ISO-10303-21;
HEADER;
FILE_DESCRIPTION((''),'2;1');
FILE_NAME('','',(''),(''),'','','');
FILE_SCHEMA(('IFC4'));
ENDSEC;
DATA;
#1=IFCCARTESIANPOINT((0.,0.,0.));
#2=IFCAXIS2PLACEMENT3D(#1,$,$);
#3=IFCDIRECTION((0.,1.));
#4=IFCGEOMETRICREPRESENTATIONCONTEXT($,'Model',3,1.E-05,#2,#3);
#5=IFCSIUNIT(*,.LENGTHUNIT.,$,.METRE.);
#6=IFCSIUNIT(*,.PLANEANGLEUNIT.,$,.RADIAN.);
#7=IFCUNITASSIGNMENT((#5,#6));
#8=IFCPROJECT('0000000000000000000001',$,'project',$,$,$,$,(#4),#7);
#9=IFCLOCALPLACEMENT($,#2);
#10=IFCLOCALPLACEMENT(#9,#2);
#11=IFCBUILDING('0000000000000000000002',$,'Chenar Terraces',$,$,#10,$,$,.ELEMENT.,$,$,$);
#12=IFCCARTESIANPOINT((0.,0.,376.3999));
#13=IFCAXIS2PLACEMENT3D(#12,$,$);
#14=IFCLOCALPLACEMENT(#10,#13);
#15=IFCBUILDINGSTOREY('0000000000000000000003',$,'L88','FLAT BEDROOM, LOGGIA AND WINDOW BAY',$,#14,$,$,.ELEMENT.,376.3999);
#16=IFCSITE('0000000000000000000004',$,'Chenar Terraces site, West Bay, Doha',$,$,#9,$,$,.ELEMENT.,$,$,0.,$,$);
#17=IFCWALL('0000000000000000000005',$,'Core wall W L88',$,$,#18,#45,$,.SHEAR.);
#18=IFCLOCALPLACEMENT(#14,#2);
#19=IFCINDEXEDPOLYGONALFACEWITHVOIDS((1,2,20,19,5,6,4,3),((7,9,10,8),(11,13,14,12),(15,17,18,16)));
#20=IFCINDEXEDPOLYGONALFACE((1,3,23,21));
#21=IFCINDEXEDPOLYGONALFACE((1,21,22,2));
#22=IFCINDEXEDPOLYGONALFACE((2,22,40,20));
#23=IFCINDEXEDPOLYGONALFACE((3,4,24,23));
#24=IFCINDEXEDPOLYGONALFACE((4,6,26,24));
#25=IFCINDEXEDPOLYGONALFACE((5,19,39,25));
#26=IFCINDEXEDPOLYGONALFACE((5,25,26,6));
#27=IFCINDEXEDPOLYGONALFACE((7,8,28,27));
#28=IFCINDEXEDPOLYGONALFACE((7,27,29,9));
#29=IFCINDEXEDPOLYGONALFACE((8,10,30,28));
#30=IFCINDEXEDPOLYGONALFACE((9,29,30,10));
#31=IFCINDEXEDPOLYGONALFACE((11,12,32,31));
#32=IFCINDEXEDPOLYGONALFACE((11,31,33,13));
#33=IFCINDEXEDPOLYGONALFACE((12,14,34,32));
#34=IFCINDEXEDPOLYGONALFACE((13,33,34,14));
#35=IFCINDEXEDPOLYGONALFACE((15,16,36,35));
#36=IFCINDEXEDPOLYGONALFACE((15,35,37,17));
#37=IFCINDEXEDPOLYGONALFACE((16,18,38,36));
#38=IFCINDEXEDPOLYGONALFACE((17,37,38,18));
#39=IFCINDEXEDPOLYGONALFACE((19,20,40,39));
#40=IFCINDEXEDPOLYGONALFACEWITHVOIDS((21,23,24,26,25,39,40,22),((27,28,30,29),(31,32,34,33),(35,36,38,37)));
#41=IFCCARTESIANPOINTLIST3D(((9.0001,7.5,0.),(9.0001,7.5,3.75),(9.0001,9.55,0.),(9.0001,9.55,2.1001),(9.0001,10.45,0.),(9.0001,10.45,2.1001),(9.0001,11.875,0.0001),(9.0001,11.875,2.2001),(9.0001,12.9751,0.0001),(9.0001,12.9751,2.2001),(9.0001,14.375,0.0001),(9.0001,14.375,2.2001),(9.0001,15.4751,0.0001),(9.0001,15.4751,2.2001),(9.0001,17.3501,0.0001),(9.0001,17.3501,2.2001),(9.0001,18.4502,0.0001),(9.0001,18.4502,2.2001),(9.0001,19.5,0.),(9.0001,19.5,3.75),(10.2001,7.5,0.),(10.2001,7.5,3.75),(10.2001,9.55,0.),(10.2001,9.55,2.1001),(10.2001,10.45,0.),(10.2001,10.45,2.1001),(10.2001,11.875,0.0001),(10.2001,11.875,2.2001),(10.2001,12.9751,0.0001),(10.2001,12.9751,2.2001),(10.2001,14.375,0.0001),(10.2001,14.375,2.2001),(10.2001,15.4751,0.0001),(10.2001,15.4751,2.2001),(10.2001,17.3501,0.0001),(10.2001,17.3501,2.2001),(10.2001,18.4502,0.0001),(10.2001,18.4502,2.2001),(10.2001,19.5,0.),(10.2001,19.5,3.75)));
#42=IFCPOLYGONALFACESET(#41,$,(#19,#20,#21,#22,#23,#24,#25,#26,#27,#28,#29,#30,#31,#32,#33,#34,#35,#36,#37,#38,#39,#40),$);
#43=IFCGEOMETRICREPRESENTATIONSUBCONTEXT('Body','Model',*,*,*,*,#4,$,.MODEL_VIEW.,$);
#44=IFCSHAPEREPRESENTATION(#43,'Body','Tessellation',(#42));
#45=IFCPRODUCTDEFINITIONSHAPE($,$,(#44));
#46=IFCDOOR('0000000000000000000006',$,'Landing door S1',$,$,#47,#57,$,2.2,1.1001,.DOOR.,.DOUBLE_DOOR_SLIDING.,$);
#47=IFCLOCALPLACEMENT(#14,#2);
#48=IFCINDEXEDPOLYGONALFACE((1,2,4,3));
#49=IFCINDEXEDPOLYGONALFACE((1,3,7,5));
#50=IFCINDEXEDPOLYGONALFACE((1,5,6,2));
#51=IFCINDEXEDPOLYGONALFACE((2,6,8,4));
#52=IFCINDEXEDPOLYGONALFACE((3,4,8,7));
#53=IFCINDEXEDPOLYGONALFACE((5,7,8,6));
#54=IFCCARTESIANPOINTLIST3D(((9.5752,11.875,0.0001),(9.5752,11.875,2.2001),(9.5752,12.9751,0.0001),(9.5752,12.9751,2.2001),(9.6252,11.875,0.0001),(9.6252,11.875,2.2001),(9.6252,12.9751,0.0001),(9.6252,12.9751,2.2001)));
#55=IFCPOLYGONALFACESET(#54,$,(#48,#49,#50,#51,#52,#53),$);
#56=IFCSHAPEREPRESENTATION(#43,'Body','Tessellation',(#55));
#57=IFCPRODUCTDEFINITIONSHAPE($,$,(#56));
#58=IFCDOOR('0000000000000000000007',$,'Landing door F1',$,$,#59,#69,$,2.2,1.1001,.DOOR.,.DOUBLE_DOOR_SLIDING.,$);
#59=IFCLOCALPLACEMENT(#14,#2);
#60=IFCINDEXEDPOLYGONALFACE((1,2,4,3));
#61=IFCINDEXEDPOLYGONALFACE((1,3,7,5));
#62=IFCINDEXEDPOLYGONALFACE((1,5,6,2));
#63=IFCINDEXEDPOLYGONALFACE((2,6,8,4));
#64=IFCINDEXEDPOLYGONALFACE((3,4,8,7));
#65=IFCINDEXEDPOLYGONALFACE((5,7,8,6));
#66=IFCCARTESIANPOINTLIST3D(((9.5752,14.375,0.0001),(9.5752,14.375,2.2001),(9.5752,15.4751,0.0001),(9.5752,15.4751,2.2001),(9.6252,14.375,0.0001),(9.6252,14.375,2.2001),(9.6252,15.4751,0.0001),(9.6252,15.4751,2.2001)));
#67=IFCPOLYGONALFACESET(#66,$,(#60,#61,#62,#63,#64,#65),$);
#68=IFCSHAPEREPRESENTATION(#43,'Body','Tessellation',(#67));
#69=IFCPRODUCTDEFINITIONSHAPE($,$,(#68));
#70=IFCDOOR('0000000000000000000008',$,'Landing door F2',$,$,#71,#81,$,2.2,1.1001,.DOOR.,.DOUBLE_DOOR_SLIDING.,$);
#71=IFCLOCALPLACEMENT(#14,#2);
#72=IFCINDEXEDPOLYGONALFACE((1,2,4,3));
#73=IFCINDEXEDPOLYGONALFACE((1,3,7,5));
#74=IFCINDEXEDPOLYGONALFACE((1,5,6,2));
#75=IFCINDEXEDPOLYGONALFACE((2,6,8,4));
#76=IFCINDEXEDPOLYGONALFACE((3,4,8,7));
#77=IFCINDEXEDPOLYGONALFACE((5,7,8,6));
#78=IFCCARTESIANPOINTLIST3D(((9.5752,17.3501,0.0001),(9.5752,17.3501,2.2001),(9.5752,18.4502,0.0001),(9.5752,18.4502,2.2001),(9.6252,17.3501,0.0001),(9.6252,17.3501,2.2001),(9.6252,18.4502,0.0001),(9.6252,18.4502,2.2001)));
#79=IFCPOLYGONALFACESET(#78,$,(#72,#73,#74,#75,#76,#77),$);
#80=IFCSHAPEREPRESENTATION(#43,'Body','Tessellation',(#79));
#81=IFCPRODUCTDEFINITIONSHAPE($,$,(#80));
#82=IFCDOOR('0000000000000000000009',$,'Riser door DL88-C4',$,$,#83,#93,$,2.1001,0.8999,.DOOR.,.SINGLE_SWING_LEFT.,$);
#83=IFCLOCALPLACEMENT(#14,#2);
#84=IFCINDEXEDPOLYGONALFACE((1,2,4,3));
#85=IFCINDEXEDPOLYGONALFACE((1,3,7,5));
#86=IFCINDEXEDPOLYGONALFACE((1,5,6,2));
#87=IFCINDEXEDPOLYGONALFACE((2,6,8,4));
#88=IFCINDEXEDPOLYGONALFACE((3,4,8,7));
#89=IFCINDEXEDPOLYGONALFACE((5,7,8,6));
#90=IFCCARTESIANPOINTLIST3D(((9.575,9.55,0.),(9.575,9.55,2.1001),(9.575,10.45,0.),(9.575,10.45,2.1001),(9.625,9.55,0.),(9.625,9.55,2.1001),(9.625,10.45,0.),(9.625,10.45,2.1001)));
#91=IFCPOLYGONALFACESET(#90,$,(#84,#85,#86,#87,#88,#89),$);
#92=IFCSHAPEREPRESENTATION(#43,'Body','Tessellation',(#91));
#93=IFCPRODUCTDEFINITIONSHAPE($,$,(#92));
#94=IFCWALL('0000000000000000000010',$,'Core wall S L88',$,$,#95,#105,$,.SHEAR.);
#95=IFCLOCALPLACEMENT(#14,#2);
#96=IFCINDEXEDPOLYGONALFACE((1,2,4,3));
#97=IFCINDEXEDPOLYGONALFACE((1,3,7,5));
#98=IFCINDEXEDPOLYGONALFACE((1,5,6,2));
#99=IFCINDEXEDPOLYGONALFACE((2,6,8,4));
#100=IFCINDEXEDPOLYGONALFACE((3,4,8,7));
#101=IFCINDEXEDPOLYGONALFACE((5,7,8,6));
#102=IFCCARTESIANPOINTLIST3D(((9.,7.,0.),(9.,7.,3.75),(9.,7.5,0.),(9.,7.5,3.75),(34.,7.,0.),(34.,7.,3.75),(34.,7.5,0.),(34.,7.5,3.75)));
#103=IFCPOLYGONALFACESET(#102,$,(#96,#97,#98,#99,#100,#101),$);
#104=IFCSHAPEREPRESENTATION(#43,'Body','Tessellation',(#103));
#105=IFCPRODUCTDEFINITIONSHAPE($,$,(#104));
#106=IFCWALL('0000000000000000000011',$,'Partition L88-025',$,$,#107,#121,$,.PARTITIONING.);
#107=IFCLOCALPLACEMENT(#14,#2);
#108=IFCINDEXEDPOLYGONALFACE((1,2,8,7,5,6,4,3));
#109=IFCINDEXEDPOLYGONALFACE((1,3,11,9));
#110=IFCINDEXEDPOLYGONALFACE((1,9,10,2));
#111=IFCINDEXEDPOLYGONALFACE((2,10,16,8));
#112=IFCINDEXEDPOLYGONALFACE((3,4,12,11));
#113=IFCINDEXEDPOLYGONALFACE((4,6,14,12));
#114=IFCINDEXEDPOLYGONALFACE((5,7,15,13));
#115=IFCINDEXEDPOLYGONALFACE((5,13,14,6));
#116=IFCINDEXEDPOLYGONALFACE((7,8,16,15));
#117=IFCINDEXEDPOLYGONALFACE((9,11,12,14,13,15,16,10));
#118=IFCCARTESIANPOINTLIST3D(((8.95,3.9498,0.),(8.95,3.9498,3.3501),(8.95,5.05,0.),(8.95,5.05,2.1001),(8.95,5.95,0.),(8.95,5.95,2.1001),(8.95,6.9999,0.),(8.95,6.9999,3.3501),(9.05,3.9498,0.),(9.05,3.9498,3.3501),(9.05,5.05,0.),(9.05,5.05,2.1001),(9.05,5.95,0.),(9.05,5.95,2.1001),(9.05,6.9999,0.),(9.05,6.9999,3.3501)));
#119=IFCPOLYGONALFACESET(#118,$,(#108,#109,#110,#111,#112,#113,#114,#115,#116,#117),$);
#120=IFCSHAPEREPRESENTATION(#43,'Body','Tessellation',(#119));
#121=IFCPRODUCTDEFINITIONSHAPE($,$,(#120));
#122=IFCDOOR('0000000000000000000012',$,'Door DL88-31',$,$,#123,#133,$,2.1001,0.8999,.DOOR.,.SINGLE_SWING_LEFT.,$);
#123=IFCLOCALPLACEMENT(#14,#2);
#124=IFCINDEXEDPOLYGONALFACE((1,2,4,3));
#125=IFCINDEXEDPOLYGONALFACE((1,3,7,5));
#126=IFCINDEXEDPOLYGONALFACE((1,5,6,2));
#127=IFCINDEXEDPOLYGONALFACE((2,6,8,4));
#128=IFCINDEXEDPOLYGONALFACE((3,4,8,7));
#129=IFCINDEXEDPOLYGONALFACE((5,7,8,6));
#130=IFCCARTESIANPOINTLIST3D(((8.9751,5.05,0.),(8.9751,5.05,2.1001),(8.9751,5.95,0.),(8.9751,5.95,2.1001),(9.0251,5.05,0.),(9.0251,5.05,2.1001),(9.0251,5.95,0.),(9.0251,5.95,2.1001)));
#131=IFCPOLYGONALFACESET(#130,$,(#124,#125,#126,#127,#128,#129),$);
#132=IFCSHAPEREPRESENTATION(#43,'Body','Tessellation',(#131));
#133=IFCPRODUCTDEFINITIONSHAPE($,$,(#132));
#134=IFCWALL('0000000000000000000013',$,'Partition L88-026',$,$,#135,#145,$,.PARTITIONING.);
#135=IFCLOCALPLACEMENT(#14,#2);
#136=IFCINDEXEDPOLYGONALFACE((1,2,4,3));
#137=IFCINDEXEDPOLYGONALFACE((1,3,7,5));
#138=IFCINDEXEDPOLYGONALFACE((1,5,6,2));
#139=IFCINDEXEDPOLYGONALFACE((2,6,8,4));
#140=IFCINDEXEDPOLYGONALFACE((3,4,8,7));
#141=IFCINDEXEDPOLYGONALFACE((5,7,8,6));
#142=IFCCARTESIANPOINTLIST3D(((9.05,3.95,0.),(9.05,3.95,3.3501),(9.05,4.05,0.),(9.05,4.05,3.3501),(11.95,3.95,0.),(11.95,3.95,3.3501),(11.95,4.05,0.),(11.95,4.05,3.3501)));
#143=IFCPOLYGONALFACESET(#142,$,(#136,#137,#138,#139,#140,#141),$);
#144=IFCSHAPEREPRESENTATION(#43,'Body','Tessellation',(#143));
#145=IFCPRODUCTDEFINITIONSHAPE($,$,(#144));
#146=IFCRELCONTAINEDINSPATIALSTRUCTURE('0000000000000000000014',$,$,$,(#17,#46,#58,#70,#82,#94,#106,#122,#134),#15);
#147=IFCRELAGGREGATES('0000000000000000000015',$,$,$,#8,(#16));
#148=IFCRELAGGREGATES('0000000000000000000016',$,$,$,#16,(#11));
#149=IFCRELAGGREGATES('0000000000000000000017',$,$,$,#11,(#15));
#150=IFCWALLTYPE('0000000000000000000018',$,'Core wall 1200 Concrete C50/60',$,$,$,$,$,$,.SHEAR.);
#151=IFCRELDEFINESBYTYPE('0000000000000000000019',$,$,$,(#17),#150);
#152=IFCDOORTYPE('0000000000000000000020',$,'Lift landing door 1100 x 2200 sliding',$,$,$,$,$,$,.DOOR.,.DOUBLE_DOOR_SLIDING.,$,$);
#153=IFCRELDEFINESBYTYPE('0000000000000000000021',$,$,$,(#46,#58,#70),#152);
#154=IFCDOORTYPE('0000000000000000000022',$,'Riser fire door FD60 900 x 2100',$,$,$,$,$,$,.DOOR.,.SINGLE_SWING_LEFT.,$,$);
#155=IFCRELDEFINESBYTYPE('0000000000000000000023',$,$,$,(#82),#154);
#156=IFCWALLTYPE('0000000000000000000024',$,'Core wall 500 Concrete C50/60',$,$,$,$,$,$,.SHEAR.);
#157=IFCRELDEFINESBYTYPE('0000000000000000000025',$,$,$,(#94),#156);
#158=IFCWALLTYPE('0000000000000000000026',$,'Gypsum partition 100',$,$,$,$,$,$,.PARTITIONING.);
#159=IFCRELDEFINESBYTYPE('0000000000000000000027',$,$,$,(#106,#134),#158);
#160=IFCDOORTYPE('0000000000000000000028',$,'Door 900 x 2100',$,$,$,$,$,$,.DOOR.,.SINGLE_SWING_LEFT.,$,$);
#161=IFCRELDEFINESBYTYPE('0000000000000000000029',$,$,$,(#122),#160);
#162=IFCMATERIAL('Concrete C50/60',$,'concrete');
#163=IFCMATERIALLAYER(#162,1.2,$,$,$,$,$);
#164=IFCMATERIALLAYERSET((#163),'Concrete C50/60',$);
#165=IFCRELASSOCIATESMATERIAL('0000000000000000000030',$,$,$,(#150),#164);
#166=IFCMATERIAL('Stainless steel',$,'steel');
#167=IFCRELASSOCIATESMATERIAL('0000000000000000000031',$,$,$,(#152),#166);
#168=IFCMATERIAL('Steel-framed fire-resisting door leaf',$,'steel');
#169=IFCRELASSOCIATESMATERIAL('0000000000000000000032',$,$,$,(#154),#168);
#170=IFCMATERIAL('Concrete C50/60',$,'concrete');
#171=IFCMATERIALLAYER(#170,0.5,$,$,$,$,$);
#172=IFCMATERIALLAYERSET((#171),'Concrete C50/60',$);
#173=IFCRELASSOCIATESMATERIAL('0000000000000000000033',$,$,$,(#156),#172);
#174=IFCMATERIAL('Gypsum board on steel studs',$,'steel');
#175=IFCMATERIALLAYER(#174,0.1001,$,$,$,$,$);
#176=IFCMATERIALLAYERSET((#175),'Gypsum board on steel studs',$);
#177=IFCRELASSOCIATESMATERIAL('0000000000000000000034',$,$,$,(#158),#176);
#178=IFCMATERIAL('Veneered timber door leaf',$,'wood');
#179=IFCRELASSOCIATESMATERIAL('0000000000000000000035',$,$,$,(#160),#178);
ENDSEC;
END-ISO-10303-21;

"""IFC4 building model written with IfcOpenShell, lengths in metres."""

from ifc_helpers import new_model, si_unit, direction, frame, frame_2d, origin, place, context, subcontext, project, spatial, rectangle, extrude, material, layer, layer_set, type_object, element, fill, save


model = new_model("IFC4")

# Units and contexts
model_context = context("Model", 3, precision=1e-05, world=origin(), true_north=direction((0.0, 1.0)))
body_context = subcontext(model_context, "Body", "Model", "MODEL_VIEW")
ifc_project = project(units=[si_unit("LENGTHUNIT", "METRE"), si_unit("PLANEANGLEUNIT", "RADIAN")], contexts=[model_context])

# Site, building, storey
site_placement = place(None, origin())
site = spatial("IfcSite", under=ifc_project, at=site_placement, Name="Chenar Terraces site, West Bay, Doha", CompositionType="ELEMENT", RefElevation=0.0)
building_placement = place(site_placement, origin())
building = spatial("IfcBuilding", under=site, at=building_placement, Name="Chenar Terraces", CompositionType="ELEMENT")
storey_placement = place(building_placement, frame((0.0, 0.0, 376.3999)))
storey = spatial("IfcBuildingStorey", under=building, at=storey_placement, Name="L88", Description="FLAT BEDROOM, LOGGIA AND WINDOW BAY", CompositionType="ELEMENT", Elevation=376.3999)

# Wall, openings, doors
ifc_material_1 = material(Name="Concrete C50/60", Category="concrete")
ifc_layer_1 = layer(ifc_material_1, 1.2)
ifc_layer_set_1 = layer_set([ifc_layer_1], Name="Concrete C50/60")
wall_type_1 = type_object("IfcWallType", Name="Core wall 1200 Concrete C50/60", PredefinedType="SHEAR", material=ifc_layer_set_1)
wall_1_placement = place(storey_placement, frame((9.6001, 7.5, 0.0), z_axis=(0.0, 0.0, 1.0), x_axis=(0.0, 1.0, 0.0)))
wall_1 = element("IfcWall", 1, at=wall_1_placement, inside=storey, type_object=wall_type_1, Name="Core wall W L88", PredefinedType="SHEAR", context=body_context, shape_type="SweptSolid", body=[
    extrude(rectangle(XDim=12.0, YDim=1.2, at=frame_2d((6.0, 0.0))), origin(), (0.0, 0.0, 1.0), 3.75),
])
opening_1_placement = place(wall_1_placement, frame((4.375, 0.0, 0.0)))
opening_1 = element("IfcOpeningElement", 2, at=opening_1_placement, cuts=wall_1, PredefinedType="OPENING", context=body_context, shape_type="SweptSolid", body=[
    extrude(rectangle(XDim=1.1001, YDim=2.2, at=frame_2d((0.55, 1.1001))), frame((0.0, 0.6099, 0.0), z_axis=(0.0, -1.0, 0.0), x_axis=(1.0, 0.0, 0.0)), (0.0, 0.0, 1.0), 1.22),
])
opening_2_placement = place(wall_1_placement, frame((6.875, 0.0, 0.0)))
opening_2 = element("IfcOpeningElement", 3, at=opening_2_placement, cuts=wall_1, PredefinedType="OPENING", context=body_context, shape_type="SweptSolid", body=[
    extrude(rectangle(XDim=1.1001, YDim=2.2, at=frame_2d((0.55, 1.1001))), frame((0.0, 0.6099, 0.0), z_axis=(0.0, -1.0, 0.0), x_axis=(1.0, 0.0, 0.0)), (0.0, 0.0, 1.0), 1.22),
])
opening_3_placement = place(wall_1_placement, frame((9.8501, 0.0, 0.0)))
opening_3 = element("IfcOpeningElement", 4, at=opening_3_placement, cuts=wall_1, PredefinedType="OPENING", context=body_context, shape_type="SweptSolid", body=[
    extrude(rectangle(XDim=1.1001, YDim=2.2, at=frame_2d((0.55, 1.1001))), frame((0.0, 0.6099, 0.0), z_axis=(0.0, -1.0, 0.0), x_axis=(1.0, 0.0, 0.0)), (0.0, 0.0, 1.0), 1.22),
])
opening_4_placement = place(wall_1_placement, frame((2.05, 0.0, 0.0)))
opening_4 = element("IfcOpeningElement", 5, at=opening_4_placement, cuts=wall_1, PredefinedType="OPENING", context=body_context, shape_type="SweptSolid", body=[
    extrude(rectangle(XDim=0.8999, YDim=2.1001, at=frame_2d((0.45, 1.05))), frame((0.0, 0.6099, 0.0), z_axis=(0.0, -1.0, 0.0), x_axis=(1.0, 0.0, 0.0)), (0.0, 0.0, 1.0), 1.22),
])
ifc_material_2 = material(Name="Stainless steel", Category="steel")
door_type_1 = type_object("IfcDoorType", Name="Lift landing door 1100 x 2200 sliding", OperationType="DOUBLE_DOOR_SLIDING", PredefinedType="DOOR", material=ifc_material_2)
door_1_placement = place(opening_1_placement, origin())
door_1 = element("IfcDoor", 6, at=door_1_placement, inside=storey, type_object=door_type_1, Name="Landing door S1", OperationType="DOUBLE_DOOR_SLIDING", OverallHeight=2.2, OverallWidth=1.1001, PredefinedType="DOOR", context=body_context, shape_type="SweptSolid", body=[
    extrude(rectangle(XDim=1.1001, YDim=2.2, at=frame_2d((0.55, 1.1001))), frame((0.0, 0.0249, 0.0), z_axis=(0.0, -1.0, 0.0), x_axis=(1.0, 0.0, 0.0)), (0.0, 0.0, 1.0), 0.05),
])
fill(opening_1, door_1)
door_2_placement = place(opening_2_placement, origin())
door_2 = element("IfcDoor", 7, at=door_2_placement, inside=storey, type_object=door_type_1, Name="Landing door F1", OperationType="DOUBLE_DOOR_SLIDING", OverallHeight=2.2, OverallWidth=1.1001, PredefinedType="DOOR", context=body_context, shape_type="SweptSolid", body=[
    extrude(rectangle(XDim=1.1001, YDim=2.2, at=frame_2d((0.55, 1.1001))), frame((0.0, 0.0249, 0.0), z_axis=(0.0, -1.0, 0.0), x_axis=(1.0, 0.0, 0.0)), (0.0, 0.0, 1.0), 0.05),
])
fill(opening_2, door_2)
door_3_placement = place(opening_3_placement, origin())
door_3 = element("IfcDoor", 8, at=door_3_placement, inside=storey, type_object=door_type_1, Name="Landing door F2", OperationType="DOUBLE_DOOR_SLIDING", OverallHeight=2.2, OverallWidth=1.1001, PredefinedType="DOOR", context=body_context, shape_type="SweptSolid", body=[
    extrude(rectangle(XDim=1.1001, YDim=2.2, at=frame_2d((0.55, 1.1001))), frame((0.0, 0.0249, 0.0), z_axis=(0.0, -1.0, 0.0), x_axis=(1.0, 0.0, 0.0)), (0.0, 0.0, 1.0), 0.05),
])
fill(opening_3, door_3)
ifc_material_3 = material(Name="Steel-framed fire-resisting door leaf", Category="steel")
door_type_2 = type_object("IfcDoorType", Name="Riser fire door FD60 900 x 2100", OperationType="SINGLE_SWING_LEFT", PredefinedType="DOOR", material=ifc_material_3)
door_4_placement = place(opening_4_placement, frame((0.8999, 0.0, 0.0), z_axis=(0.0, 0.0, 1.0), x_axis=(-1.0, 0.0, 0.0)))
door_4 = element("IfcDoor", 9, at=door_4_placement, inside=storey, type_object=door_type_2, Name="Riser door DL88-C4", OperationType="SINGLE_SWING_LEFT", OverallHeight=2.1001, OverallWidth=0.8999, PredefinedType="DOOR", context=body_context, shape_type="SweptSolid", body=[
    extrude(rectangle(XDim=0.8999, YDim=2.1001, at=frame_2d((0.45, 1.05))), frame((0.0, 0.0249, 0.0), z_axis=(0.0, -1.0, 0.0), x_axis=(1.0, 0.0, 0.0)), (0.0, 0.0, 1.0), 0.05),
])
fill(opening_4, door_4)

# Wall
ifc_material_4 = material(Name="Concrete C50/60", Category="concrete")
ifc_layer_2 = layer(ifc_material_4, 0.5)
ifc_layer_set_2 = layer_set([ifc_layer_2], Name="Concrete C50/60")
wall_type_2 = type_object("IfcWallType", Name="Core wall 500 Concrete C50/60", PredefinedType="SHEAR", material=ifc_layer_set_2)
wall_2_placement = place(storey_placement, frame((9.0, 7.25, 0.0), z_axis=(0.0, 0.0, 1.0), x_axis=(1.0, 0.0, 0.0)))
element("IfcWall", 10, at=wall_2_placement, inside=storey, type_object=wall_type_2, Name="Core wall S L88", PredefinedType="SHEAR", context=body_context, shape_type="SweptSolid", body=[
    extrude(rectangle(XDim=25.0, YDim=0.5, at=frame_2d((12.5, 0.0))), origin(), (0.0, 0.0, 1.0), 3.75),
])

# Wall, opening, door
ifc_material_5 = material(Name="Gypsum board on steel studs", Category="steel")
ifc_layer_3 = layer(ifc_material_5, 0.1001)
ifc_layer_set_3 = layer_set([ifc_layer_3], Name="Gypsum board on steel studs")
wall_type_3 = type_object("IfcWallType", Name="Gypsum partition 100", PredefinedType="PARTITIONING", material=ifc_layer_set_3)
wall_3_placement = place(storey_placement, frame((9.0, 3.95, 0.0), z_axis=(0.0, 0.0, 1.0), x_axis=(0.0, 1.0, 0.0)))
wall_3 = element("IfcWall", 11, at=wall_3_placement, inside=storey, type_object=wall_type_3, Name="Partition L88-025", PredefinedType="PARTITIONING", context=body_context, shape_type="SweptSolid", body=[
    extrude(rectangle(XDim=3.05, YDim=0.1001, at=frame_2d((1.5249, 0.0))), origin(), (0.0, 0.0, 1.0), 3.3501),
])
opening_5_placement = place(wall_3_placement, frame((1.1001, 0.0, 0.0)))
opening_5 = element("IfcOpeningElement", 12, at=opening_5_placement, cuts=wall_3, PredefinedType="OPENING", context=body_context, shape_type="SweptSolid", body=[
    extrude(rectangle(XDim=0.8999, YDim=2.1001, at=frame_2d((0.45, 1.05))), frame((0.0, 0.0601, 0.0), z_axis=(0.0, -1.0, 0.0), x_axis=(1.0, 0.0, 0.0)), (0.0, 0.0, 1.0), 0.1201),
])
ifc_material_6 = material(Name="Veneered timber door leaf", Category="wood")
door_type_3 = type_object("IfcDoorType", Name="Door 900 x 2100", OperationType="SINGLE_SWING_LEFT", PredefinedType="DOOR", material=ifc_material_6)
door_5_placement = place(opening_5_placement, origin())
door_5 = element("IfcDoor", 13, at=door_5_placement, inside=storey, type_object=door_type_3, Name="Door DL88-31", OperationType="SINGLE_SWING_LEFT", OverallHeight=2.1001, OverallWidth=0.8999, PredefinedType="DOOR", context=body_context, shape_type="SweptSolid", body=[
    extrude(rectangle(XDim=0.8999, YDim=2.1001, at=frame_2d((0.45, 1.05))), frame((0.0, 0.0249, 0.0), z_axis=(0.0, -1.0, 0.0), x_axis=(1.0, 0.0, 0.0)), (0.0, 0.0, 1.0), 0.05),
])
fill(opening_5, door_5)

# Wall
wall_4_placement = place(storey_placement, frame((9.05, 4.0, 0.0), z_axis=(0.0, 0.0, 1.0), x_axis=(1.0, 0.0, 0.0)))
element("IfcWall", 14, at=wall_4_placement, inside=storey, type_object=wall_type_3, Name="Partition L88-026", PredefinedType="PARTITIONING", context=body_context, shape_type="SweptSolid", body=[
    extrude(rectangle(XDim=2.8999, YDim=0.1001, at=frame_2d((1.45, 0.0))), origin(), (0.0, 0.0, 1.0), 3.3501),
])

save(model, "model.ifc")
